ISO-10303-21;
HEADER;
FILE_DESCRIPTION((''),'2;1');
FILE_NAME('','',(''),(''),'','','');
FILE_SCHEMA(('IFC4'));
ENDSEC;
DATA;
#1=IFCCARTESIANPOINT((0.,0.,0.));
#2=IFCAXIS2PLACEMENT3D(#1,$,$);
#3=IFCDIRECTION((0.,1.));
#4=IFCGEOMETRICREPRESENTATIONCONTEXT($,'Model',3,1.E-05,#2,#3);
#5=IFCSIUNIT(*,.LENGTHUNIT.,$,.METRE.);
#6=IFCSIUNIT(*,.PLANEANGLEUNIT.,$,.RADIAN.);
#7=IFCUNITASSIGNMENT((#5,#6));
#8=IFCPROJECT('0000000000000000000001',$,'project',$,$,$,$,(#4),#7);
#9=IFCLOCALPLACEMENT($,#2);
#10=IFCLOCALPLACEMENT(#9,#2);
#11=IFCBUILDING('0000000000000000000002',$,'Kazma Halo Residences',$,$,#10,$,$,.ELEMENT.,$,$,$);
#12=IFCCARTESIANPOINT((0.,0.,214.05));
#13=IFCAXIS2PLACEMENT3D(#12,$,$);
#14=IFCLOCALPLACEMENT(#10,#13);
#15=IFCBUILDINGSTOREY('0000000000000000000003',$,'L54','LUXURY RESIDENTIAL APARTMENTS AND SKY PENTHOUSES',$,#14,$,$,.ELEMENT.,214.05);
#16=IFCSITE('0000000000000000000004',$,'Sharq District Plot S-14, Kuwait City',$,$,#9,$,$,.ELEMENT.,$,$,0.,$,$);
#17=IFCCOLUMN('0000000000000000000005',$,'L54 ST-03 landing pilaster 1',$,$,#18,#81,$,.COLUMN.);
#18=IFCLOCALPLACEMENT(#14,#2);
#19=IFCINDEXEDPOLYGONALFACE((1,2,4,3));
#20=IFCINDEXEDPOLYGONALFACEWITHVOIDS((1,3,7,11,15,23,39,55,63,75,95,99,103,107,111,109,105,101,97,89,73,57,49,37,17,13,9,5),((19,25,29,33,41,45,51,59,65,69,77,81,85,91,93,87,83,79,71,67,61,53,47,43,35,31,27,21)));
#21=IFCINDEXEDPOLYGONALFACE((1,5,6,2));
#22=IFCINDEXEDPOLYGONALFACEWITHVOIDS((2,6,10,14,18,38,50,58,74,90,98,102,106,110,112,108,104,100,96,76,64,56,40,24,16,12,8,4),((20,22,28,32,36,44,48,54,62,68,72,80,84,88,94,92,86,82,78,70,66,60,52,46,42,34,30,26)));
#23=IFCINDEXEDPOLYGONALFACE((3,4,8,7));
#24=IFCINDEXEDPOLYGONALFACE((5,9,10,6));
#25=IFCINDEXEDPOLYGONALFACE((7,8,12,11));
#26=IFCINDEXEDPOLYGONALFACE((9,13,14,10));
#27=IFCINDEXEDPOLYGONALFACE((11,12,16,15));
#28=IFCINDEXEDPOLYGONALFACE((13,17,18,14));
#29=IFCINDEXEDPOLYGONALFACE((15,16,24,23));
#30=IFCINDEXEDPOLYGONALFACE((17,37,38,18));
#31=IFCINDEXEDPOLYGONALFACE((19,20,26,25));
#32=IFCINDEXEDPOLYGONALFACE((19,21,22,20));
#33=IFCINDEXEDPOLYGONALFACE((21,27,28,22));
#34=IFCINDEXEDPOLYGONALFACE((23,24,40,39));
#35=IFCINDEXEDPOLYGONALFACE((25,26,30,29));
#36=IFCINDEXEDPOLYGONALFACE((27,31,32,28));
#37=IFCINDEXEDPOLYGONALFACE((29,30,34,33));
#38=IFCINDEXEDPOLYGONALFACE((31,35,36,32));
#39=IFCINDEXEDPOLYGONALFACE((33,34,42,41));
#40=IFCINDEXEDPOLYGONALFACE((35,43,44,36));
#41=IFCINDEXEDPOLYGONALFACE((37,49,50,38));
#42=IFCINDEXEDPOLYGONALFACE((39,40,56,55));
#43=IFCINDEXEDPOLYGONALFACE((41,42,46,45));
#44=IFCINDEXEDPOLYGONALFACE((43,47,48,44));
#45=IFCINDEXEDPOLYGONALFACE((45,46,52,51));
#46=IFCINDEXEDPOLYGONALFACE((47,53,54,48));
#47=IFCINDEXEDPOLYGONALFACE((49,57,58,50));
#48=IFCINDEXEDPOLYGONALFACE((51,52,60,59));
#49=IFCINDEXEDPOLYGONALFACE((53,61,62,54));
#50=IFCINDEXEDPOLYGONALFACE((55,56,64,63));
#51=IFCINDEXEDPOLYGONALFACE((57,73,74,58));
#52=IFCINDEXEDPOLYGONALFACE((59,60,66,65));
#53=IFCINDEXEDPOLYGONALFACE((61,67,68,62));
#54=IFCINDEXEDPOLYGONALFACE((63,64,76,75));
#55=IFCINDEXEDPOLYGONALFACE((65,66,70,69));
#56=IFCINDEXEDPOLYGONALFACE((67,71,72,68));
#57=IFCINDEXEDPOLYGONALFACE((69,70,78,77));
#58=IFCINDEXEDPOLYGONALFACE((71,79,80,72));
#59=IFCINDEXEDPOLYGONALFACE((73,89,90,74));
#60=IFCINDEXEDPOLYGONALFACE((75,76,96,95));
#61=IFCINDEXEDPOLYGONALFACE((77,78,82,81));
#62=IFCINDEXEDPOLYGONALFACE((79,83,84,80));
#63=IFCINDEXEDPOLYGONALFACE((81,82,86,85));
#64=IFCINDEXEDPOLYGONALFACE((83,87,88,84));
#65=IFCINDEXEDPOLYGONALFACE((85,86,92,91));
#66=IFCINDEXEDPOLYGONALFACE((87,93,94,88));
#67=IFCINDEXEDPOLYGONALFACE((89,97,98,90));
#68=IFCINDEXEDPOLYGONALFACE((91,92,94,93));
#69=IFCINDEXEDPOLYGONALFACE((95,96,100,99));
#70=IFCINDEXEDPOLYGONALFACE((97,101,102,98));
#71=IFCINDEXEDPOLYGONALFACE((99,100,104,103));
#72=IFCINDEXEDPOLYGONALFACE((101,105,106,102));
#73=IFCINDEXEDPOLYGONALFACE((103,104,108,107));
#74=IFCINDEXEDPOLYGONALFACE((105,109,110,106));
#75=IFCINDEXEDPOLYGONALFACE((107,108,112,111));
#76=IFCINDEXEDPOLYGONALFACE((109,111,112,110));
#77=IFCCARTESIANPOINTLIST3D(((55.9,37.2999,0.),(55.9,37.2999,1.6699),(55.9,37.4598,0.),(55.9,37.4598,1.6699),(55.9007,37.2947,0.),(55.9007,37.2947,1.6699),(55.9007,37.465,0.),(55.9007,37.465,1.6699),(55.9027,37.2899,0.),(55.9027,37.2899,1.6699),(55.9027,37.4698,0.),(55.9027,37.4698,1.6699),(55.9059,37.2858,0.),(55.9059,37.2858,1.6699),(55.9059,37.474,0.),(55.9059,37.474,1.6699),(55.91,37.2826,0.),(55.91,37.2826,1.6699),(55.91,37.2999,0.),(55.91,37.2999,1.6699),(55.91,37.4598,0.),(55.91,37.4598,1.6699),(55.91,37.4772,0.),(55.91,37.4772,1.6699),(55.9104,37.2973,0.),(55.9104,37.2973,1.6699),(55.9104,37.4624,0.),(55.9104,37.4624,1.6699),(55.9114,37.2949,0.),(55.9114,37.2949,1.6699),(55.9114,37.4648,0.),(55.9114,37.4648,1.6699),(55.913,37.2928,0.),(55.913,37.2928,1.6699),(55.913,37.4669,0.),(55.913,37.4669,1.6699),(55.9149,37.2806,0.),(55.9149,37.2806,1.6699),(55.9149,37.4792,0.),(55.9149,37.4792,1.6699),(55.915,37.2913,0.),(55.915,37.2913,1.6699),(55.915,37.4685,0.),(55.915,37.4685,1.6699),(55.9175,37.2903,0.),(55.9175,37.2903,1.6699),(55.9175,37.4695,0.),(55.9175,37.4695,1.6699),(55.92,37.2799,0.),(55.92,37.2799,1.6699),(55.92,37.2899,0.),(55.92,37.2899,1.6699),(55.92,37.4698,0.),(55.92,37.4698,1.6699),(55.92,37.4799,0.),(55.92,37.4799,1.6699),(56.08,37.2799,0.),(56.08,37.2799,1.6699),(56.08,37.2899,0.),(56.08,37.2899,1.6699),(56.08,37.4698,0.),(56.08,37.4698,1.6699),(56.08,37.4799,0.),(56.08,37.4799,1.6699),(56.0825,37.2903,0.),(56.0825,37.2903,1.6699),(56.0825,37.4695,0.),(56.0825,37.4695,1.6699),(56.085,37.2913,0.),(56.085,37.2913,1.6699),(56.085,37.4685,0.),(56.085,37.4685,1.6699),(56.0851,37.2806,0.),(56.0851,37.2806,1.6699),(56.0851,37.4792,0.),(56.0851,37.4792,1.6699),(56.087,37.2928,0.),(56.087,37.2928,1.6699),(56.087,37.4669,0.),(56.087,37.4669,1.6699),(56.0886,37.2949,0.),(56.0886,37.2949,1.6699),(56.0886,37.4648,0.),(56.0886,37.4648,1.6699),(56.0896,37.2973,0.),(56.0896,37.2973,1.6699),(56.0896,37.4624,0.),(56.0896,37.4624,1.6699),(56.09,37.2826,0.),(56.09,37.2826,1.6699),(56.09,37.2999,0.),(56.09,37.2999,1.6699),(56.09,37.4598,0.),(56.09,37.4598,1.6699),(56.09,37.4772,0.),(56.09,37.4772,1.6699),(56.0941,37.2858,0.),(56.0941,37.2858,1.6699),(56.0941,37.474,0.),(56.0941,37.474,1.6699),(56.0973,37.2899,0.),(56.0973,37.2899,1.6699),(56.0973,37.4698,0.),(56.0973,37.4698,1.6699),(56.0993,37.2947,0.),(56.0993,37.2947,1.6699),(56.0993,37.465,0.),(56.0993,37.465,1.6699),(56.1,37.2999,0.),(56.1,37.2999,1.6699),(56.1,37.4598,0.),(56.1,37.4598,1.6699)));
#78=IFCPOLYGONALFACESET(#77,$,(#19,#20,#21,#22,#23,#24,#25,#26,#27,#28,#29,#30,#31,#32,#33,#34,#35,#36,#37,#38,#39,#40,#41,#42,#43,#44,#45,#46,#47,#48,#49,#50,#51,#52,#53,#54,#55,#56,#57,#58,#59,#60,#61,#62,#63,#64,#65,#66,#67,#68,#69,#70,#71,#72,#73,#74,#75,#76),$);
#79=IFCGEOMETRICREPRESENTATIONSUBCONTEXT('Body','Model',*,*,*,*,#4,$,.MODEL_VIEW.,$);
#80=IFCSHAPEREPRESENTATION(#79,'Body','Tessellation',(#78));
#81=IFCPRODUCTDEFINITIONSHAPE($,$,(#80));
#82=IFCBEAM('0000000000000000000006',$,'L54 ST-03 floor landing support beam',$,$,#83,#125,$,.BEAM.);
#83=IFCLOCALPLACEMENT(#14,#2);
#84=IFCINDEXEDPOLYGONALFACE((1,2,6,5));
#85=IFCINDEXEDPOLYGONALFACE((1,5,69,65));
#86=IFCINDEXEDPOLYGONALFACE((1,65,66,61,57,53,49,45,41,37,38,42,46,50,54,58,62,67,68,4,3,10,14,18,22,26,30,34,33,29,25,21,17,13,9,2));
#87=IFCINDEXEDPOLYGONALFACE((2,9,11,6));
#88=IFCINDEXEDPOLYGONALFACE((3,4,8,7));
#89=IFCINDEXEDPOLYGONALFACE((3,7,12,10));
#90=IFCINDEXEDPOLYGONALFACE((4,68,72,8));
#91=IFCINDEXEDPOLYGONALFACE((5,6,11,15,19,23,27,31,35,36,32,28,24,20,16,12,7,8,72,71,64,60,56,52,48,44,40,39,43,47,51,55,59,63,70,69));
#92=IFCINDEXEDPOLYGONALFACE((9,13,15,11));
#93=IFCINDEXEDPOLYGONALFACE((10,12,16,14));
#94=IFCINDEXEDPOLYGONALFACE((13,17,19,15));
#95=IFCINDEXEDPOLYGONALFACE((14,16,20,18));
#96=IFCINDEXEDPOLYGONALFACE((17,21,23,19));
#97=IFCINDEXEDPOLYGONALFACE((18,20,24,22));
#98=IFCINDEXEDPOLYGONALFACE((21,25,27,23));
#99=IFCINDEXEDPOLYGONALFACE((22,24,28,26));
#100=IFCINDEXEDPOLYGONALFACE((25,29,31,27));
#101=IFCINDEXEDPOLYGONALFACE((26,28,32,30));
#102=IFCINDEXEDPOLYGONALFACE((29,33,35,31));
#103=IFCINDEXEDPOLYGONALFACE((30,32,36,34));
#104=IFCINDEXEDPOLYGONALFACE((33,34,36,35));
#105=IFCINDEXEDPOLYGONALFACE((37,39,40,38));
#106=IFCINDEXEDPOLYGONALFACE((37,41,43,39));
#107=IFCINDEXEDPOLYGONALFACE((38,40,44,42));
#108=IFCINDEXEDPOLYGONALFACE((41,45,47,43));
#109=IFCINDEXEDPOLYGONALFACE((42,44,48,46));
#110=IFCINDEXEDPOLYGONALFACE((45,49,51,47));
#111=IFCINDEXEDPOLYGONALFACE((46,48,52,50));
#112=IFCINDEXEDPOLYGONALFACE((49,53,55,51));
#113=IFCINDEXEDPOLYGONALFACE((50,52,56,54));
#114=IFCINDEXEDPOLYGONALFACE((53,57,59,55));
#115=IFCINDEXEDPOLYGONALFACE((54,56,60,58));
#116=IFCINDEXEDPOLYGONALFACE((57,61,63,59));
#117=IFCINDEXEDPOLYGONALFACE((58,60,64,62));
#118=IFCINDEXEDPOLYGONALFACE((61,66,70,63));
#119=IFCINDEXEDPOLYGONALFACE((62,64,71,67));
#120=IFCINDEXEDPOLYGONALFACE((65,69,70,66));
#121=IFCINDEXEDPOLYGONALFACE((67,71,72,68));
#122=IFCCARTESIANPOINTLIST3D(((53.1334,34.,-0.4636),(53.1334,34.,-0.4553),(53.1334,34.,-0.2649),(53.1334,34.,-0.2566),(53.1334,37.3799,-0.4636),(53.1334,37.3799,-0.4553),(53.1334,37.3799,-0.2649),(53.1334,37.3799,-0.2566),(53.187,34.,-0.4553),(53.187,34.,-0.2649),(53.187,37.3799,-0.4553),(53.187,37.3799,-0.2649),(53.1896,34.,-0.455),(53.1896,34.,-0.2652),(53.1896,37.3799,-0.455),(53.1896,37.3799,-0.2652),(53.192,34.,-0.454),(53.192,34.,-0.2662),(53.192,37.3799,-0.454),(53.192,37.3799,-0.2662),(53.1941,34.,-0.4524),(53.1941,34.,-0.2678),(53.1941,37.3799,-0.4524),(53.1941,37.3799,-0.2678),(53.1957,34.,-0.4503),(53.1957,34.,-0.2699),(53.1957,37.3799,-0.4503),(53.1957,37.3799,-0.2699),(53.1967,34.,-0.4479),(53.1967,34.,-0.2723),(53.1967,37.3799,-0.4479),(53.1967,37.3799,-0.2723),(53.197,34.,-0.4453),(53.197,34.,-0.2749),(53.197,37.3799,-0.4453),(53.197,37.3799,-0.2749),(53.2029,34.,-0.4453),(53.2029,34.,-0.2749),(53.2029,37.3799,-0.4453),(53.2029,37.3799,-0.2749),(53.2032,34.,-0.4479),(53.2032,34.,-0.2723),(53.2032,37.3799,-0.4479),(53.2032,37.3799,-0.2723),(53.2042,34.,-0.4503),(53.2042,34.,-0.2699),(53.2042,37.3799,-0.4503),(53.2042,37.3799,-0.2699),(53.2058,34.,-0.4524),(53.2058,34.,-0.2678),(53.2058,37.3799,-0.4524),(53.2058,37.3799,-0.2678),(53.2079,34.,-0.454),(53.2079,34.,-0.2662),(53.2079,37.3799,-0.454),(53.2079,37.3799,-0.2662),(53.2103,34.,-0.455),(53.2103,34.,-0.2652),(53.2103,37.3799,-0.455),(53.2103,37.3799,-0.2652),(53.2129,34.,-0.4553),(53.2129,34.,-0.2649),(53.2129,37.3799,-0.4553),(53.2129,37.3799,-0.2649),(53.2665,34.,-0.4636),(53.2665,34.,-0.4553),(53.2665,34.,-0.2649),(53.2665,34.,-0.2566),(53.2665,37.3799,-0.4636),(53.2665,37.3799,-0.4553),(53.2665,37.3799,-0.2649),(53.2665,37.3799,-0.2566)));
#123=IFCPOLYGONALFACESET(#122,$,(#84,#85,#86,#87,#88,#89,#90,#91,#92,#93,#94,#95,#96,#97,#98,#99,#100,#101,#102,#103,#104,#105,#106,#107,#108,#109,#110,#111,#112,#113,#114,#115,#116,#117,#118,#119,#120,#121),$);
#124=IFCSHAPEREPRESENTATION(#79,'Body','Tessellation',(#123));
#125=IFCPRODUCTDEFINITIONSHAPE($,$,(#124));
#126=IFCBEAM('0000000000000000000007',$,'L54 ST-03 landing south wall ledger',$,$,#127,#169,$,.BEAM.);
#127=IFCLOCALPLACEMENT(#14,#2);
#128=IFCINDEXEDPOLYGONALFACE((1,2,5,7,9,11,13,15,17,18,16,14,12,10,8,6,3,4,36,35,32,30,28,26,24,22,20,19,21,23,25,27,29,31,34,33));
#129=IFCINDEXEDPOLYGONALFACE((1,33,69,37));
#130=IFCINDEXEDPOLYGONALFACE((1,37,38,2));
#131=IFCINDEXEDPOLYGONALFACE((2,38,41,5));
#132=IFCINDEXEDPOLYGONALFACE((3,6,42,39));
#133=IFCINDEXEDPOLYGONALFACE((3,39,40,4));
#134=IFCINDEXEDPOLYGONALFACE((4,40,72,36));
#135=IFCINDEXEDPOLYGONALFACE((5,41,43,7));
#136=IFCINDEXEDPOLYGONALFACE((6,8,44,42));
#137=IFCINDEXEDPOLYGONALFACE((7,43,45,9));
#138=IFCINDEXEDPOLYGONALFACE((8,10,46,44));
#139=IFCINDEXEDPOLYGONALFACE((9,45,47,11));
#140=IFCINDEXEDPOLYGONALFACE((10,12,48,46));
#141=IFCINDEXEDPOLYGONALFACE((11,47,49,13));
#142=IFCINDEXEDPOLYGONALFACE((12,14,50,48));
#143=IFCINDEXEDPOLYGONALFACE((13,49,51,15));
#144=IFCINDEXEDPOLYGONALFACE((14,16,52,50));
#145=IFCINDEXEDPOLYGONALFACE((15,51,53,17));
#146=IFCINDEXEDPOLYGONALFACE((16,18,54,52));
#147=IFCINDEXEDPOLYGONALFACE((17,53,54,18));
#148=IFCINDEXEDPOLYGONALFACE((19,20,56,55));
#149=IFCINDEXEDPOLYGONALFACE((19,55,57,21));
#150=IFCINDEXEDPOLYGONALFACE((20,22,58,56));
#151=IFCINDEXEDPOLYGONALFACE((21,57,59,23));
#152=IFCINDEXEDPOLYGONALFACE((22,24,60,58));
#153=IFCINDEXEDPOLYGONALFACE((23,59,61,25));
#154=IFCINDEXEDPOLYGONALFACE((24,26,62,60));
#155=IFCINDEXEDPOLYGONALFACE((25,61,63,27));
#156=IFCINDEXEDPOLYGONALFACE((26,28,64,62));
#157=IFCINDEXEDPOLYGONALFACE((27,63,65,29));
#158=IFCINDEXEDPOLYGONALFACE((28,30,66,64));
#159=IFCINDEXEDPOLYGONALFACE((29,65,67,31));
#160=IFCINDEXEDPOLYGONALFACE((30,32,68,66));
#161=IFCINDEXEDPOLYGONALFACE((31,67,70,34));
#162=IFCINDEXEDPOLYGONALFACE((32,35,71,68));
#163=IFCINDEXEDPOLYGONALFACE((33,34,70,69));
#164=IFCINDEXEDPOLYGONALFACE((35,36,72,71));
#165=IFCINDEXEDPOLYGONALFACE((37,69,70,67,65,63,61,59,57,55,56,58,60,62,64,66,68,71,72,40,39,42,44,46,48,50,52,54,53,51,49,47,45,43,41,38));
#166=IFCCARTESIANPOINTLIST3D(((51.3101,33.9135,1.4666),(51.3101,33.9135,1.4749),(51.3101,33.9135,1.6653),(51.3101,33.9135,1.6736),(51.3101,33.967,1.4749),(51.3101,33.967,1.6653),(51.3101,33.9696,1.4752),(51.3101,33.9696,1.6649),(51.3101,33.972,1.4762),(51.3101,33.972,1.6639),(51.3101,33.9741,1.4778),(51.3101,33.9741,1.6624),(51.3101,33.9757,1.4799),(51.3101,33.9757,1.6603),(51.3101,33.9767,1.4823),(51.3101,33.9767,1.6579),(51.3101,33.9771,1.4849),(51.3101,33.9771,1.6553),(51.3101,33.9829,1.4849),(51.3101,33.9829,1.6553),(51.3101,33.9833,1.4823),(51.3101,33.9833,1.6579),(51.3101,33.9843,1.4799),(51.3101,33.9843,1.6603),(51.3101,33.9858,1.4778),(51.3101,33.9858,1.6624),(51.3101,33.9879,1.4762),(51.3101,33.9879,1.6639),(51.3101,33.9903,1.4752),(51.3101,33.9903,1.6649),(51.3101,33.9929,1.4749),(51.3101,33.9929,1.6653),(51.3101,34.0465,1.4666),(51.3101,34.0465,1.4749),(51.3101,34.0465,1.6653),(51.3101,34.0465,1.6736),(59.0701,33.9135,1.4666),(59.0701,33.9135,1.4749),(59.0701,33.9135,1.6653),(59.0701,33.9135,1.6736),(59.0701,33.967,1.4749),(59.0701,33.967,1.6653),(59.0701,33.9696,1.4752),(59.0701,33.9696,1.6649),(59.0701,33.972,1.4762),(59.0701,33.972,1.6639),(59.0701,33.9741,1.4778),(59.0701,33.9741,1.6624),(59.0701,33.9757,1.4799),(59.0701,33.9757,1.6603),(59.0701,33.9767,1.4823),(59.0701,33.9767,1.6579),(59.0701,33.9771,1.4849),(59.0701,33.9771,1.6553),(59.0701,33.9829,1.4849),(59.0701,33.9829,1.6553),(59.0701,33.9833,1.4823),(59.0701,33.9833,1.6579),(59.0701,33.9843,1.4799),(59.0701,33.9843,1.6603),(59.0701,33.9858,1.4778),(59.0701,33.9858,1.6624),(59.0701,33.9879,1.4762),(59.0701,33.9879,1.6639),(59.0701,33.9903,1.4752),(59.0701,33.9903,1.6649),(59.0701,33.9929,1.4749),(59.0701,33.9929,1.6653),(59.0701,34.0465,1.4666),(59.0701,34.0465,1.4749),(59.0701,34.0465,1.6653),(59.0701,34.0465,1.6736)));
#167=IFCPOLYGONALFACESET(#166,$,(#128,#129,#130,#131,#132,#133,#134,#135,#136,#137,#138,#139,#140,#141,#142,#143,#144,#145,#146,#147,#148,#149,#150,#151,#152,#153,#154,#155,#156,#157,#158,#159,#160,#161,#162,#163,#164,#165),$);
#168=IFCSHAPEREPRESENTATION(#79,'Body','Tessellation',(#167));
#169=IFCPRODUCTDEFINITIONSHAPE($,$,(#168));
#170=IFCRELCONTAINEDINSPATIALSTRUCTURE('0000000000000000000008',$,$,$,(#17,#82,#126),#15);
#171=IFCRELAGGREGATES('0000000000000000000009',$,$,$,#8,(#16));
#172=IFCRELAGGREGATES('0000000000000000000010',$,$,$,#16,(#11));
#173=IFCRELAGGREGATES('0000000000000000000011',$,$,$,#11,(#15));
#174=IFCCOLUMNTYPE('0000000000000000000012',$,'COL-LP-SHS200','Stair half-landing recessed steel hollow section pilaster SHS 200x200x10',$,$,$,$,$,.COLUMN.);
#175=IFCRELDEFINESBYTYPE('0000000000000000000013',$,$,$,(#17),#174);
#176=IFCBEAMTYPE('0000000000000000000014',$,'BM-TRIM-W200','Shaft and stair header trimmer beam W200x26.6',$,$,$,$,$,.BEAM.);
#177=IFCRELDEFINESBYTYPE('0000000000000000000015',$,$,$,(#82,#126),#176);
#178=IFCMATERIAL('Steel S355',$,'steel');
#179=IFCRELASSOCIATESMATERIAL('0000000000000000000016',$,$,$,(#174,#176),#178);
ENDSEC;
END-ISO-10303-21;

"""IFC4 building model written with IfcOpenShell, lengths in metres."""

from ifc_helpers import new_model, si_unit, direction, frame, origin, origin_2d, place, context, subcontext, project, spatial, hollow_rectangle, i_section, extrude, material, material_profile, profile_set, type_object, element, save


model = new_model("IFC4")

# Units and contexts
model_context = context("Model", 3, precision=1e-05, world=origin(), true_north=direction((0.0, 1.0)))
body_context = subcontext(model_context, "Body", "Model", "MODEL_VIEW")
ifc_project = project(units=[si_unit("LENGTHUNIT", "METRE"), si_unit("PLANEANGLEUNIT", "RADIAN")], contexts=[model_context])

# Site, building, storey
site_placement = place(None, origin())
site = spatial("IfcSite", under=ifc_project, at=site_placement, Name="Sharq District Plot S-14, Kuwait City", CompositionType="ELEMENT", RefElevation=0.0)
building_placement = place(site_placement, origin())
building = spatial("IfcBuilding", under=site, at=building_placement, Name="Kazma Halo Residences", CompositionType="ELEMENT")
storey_placement = place(building_placement, frame((0.0, 0.0, 214.05)))
storey = spatial("IfcBuildingStorey", under=building, at=storey_placement, Name="L54", Description="LUXURY RESIDENTIAL APARTMENTS AND SKY PENTHOUSES", CompositionType="ELEMENT", Elevation=214.05)

# Column
ifc_material_1 = material(Name="Steel S355", Category="steel")
ifc_material_profile_1 = material_profile(ifc_material_1, hollow_rectangle(XDim=0.2, YDim=0.2, WallThickness=0.01, InnerFilletRadius=0.01, OuterFilletRadius=0.02, at=origin_2d()), Name="SHS200x200x10")
ifc_profile_set_1 = profile_set([ifc_material_profile_1], Name="Steel S355")
column_type = type_object("IfcColumnType", Name="COL-LP-SHS200", Description="Stair half-landing recessed steel hollow section pilaster SHS 200x200x10", PredefinedType="COLUMN", material=ifc_profile_set_1)
column_placement = place(storey_placement, frame((56.0, 37.3799, 0.0), z_axis=(0.0, 0.0, 1.0), x_axis=(1.0, 0.0, 0.0)))
element("IfcColumn", 1, at=column_placement, inside=storey, type_object=column_type, Name="L54 ST-03 landing pilaster 1", PredefinedType="COLUMN", context=body_context, shape_type="SweptSolid", body=[
    extrude(hollow_rectangle(XDim=0.2, YDim=0.2, WallThickness=0.01, InnerFilletRadius=0.01, OuterFilletRadius=0.02, at=origin_2d()), origin(), (0.0, 0.0, 1.0), 1.6699),
])

# Beams
ifc_material_profile_2 = material_profile(ifc_material_1, i_section(OverallWidth=0.1331, OverallDepth=0.207, WebThickness=0.0059, FlangeThickness=0.0083, FilletRadius=0.01, at=origin_2d()), Name="W200x26.6")
ifc_profile_set_2 = profile_set([ifc_material_profile_2], Name="Steel S355")
beam_type = type_object("IfcBeamType", Name="BM-TRIM-W200", Description="Shaft and stair header trimmer beam W200x26.6", PredefinedType="BEAM", material=ifc_profile_set_2)
beam_1_placement = place(storey_placement, frame((53.2, 34.0, -0.3601), z_axis=(0.0, 1.0, 0.0), x_axis=(-1.0, 0.0, 0.0)))
element("IfcBeam", 2, at=beam_1_placement, inside=storey, type_object=beam_type, Name="L54 ST-03 floor landing support beam", PredefinedType="BEAM", context=body_context, shape_type="SweptSolid", body=[
    extrude(i_section(OverallWidth=0.1331, OverallDepth=0.207, WebThickness=0.0059, FlangeThickness=0.0083, FilletRadius=0.01, at=origin_2d()), origin(), (0.0, 0.0, 1.0), 3.3799),
])
beam_2_placement = place(storey_placement, frame((51.3101, 33.98, 1.5701), z_axis=(1.0, 0.0, 0.0), x_axis=(0.0, 1.0, 0.0)))
element("IfcBeam", 3, at=beam_2_placement, inside=storey, type_object=beam_type, Name="L54 ST-03 landing south wall ledger", PredefinedType="BEAM", context=body_context, shape_type="SweptSolid", body=[
    extrude(i_section(OverallWidth=0.1331, OverallDepth=0.207, WebThickness=0.0059, FlangeThickness=0.0083, FilletRadius=0.01, at=origin_2d()), origin(), (0.0, 0.0, 1.0), 7.76),
])

save(model, "model.ifc")
